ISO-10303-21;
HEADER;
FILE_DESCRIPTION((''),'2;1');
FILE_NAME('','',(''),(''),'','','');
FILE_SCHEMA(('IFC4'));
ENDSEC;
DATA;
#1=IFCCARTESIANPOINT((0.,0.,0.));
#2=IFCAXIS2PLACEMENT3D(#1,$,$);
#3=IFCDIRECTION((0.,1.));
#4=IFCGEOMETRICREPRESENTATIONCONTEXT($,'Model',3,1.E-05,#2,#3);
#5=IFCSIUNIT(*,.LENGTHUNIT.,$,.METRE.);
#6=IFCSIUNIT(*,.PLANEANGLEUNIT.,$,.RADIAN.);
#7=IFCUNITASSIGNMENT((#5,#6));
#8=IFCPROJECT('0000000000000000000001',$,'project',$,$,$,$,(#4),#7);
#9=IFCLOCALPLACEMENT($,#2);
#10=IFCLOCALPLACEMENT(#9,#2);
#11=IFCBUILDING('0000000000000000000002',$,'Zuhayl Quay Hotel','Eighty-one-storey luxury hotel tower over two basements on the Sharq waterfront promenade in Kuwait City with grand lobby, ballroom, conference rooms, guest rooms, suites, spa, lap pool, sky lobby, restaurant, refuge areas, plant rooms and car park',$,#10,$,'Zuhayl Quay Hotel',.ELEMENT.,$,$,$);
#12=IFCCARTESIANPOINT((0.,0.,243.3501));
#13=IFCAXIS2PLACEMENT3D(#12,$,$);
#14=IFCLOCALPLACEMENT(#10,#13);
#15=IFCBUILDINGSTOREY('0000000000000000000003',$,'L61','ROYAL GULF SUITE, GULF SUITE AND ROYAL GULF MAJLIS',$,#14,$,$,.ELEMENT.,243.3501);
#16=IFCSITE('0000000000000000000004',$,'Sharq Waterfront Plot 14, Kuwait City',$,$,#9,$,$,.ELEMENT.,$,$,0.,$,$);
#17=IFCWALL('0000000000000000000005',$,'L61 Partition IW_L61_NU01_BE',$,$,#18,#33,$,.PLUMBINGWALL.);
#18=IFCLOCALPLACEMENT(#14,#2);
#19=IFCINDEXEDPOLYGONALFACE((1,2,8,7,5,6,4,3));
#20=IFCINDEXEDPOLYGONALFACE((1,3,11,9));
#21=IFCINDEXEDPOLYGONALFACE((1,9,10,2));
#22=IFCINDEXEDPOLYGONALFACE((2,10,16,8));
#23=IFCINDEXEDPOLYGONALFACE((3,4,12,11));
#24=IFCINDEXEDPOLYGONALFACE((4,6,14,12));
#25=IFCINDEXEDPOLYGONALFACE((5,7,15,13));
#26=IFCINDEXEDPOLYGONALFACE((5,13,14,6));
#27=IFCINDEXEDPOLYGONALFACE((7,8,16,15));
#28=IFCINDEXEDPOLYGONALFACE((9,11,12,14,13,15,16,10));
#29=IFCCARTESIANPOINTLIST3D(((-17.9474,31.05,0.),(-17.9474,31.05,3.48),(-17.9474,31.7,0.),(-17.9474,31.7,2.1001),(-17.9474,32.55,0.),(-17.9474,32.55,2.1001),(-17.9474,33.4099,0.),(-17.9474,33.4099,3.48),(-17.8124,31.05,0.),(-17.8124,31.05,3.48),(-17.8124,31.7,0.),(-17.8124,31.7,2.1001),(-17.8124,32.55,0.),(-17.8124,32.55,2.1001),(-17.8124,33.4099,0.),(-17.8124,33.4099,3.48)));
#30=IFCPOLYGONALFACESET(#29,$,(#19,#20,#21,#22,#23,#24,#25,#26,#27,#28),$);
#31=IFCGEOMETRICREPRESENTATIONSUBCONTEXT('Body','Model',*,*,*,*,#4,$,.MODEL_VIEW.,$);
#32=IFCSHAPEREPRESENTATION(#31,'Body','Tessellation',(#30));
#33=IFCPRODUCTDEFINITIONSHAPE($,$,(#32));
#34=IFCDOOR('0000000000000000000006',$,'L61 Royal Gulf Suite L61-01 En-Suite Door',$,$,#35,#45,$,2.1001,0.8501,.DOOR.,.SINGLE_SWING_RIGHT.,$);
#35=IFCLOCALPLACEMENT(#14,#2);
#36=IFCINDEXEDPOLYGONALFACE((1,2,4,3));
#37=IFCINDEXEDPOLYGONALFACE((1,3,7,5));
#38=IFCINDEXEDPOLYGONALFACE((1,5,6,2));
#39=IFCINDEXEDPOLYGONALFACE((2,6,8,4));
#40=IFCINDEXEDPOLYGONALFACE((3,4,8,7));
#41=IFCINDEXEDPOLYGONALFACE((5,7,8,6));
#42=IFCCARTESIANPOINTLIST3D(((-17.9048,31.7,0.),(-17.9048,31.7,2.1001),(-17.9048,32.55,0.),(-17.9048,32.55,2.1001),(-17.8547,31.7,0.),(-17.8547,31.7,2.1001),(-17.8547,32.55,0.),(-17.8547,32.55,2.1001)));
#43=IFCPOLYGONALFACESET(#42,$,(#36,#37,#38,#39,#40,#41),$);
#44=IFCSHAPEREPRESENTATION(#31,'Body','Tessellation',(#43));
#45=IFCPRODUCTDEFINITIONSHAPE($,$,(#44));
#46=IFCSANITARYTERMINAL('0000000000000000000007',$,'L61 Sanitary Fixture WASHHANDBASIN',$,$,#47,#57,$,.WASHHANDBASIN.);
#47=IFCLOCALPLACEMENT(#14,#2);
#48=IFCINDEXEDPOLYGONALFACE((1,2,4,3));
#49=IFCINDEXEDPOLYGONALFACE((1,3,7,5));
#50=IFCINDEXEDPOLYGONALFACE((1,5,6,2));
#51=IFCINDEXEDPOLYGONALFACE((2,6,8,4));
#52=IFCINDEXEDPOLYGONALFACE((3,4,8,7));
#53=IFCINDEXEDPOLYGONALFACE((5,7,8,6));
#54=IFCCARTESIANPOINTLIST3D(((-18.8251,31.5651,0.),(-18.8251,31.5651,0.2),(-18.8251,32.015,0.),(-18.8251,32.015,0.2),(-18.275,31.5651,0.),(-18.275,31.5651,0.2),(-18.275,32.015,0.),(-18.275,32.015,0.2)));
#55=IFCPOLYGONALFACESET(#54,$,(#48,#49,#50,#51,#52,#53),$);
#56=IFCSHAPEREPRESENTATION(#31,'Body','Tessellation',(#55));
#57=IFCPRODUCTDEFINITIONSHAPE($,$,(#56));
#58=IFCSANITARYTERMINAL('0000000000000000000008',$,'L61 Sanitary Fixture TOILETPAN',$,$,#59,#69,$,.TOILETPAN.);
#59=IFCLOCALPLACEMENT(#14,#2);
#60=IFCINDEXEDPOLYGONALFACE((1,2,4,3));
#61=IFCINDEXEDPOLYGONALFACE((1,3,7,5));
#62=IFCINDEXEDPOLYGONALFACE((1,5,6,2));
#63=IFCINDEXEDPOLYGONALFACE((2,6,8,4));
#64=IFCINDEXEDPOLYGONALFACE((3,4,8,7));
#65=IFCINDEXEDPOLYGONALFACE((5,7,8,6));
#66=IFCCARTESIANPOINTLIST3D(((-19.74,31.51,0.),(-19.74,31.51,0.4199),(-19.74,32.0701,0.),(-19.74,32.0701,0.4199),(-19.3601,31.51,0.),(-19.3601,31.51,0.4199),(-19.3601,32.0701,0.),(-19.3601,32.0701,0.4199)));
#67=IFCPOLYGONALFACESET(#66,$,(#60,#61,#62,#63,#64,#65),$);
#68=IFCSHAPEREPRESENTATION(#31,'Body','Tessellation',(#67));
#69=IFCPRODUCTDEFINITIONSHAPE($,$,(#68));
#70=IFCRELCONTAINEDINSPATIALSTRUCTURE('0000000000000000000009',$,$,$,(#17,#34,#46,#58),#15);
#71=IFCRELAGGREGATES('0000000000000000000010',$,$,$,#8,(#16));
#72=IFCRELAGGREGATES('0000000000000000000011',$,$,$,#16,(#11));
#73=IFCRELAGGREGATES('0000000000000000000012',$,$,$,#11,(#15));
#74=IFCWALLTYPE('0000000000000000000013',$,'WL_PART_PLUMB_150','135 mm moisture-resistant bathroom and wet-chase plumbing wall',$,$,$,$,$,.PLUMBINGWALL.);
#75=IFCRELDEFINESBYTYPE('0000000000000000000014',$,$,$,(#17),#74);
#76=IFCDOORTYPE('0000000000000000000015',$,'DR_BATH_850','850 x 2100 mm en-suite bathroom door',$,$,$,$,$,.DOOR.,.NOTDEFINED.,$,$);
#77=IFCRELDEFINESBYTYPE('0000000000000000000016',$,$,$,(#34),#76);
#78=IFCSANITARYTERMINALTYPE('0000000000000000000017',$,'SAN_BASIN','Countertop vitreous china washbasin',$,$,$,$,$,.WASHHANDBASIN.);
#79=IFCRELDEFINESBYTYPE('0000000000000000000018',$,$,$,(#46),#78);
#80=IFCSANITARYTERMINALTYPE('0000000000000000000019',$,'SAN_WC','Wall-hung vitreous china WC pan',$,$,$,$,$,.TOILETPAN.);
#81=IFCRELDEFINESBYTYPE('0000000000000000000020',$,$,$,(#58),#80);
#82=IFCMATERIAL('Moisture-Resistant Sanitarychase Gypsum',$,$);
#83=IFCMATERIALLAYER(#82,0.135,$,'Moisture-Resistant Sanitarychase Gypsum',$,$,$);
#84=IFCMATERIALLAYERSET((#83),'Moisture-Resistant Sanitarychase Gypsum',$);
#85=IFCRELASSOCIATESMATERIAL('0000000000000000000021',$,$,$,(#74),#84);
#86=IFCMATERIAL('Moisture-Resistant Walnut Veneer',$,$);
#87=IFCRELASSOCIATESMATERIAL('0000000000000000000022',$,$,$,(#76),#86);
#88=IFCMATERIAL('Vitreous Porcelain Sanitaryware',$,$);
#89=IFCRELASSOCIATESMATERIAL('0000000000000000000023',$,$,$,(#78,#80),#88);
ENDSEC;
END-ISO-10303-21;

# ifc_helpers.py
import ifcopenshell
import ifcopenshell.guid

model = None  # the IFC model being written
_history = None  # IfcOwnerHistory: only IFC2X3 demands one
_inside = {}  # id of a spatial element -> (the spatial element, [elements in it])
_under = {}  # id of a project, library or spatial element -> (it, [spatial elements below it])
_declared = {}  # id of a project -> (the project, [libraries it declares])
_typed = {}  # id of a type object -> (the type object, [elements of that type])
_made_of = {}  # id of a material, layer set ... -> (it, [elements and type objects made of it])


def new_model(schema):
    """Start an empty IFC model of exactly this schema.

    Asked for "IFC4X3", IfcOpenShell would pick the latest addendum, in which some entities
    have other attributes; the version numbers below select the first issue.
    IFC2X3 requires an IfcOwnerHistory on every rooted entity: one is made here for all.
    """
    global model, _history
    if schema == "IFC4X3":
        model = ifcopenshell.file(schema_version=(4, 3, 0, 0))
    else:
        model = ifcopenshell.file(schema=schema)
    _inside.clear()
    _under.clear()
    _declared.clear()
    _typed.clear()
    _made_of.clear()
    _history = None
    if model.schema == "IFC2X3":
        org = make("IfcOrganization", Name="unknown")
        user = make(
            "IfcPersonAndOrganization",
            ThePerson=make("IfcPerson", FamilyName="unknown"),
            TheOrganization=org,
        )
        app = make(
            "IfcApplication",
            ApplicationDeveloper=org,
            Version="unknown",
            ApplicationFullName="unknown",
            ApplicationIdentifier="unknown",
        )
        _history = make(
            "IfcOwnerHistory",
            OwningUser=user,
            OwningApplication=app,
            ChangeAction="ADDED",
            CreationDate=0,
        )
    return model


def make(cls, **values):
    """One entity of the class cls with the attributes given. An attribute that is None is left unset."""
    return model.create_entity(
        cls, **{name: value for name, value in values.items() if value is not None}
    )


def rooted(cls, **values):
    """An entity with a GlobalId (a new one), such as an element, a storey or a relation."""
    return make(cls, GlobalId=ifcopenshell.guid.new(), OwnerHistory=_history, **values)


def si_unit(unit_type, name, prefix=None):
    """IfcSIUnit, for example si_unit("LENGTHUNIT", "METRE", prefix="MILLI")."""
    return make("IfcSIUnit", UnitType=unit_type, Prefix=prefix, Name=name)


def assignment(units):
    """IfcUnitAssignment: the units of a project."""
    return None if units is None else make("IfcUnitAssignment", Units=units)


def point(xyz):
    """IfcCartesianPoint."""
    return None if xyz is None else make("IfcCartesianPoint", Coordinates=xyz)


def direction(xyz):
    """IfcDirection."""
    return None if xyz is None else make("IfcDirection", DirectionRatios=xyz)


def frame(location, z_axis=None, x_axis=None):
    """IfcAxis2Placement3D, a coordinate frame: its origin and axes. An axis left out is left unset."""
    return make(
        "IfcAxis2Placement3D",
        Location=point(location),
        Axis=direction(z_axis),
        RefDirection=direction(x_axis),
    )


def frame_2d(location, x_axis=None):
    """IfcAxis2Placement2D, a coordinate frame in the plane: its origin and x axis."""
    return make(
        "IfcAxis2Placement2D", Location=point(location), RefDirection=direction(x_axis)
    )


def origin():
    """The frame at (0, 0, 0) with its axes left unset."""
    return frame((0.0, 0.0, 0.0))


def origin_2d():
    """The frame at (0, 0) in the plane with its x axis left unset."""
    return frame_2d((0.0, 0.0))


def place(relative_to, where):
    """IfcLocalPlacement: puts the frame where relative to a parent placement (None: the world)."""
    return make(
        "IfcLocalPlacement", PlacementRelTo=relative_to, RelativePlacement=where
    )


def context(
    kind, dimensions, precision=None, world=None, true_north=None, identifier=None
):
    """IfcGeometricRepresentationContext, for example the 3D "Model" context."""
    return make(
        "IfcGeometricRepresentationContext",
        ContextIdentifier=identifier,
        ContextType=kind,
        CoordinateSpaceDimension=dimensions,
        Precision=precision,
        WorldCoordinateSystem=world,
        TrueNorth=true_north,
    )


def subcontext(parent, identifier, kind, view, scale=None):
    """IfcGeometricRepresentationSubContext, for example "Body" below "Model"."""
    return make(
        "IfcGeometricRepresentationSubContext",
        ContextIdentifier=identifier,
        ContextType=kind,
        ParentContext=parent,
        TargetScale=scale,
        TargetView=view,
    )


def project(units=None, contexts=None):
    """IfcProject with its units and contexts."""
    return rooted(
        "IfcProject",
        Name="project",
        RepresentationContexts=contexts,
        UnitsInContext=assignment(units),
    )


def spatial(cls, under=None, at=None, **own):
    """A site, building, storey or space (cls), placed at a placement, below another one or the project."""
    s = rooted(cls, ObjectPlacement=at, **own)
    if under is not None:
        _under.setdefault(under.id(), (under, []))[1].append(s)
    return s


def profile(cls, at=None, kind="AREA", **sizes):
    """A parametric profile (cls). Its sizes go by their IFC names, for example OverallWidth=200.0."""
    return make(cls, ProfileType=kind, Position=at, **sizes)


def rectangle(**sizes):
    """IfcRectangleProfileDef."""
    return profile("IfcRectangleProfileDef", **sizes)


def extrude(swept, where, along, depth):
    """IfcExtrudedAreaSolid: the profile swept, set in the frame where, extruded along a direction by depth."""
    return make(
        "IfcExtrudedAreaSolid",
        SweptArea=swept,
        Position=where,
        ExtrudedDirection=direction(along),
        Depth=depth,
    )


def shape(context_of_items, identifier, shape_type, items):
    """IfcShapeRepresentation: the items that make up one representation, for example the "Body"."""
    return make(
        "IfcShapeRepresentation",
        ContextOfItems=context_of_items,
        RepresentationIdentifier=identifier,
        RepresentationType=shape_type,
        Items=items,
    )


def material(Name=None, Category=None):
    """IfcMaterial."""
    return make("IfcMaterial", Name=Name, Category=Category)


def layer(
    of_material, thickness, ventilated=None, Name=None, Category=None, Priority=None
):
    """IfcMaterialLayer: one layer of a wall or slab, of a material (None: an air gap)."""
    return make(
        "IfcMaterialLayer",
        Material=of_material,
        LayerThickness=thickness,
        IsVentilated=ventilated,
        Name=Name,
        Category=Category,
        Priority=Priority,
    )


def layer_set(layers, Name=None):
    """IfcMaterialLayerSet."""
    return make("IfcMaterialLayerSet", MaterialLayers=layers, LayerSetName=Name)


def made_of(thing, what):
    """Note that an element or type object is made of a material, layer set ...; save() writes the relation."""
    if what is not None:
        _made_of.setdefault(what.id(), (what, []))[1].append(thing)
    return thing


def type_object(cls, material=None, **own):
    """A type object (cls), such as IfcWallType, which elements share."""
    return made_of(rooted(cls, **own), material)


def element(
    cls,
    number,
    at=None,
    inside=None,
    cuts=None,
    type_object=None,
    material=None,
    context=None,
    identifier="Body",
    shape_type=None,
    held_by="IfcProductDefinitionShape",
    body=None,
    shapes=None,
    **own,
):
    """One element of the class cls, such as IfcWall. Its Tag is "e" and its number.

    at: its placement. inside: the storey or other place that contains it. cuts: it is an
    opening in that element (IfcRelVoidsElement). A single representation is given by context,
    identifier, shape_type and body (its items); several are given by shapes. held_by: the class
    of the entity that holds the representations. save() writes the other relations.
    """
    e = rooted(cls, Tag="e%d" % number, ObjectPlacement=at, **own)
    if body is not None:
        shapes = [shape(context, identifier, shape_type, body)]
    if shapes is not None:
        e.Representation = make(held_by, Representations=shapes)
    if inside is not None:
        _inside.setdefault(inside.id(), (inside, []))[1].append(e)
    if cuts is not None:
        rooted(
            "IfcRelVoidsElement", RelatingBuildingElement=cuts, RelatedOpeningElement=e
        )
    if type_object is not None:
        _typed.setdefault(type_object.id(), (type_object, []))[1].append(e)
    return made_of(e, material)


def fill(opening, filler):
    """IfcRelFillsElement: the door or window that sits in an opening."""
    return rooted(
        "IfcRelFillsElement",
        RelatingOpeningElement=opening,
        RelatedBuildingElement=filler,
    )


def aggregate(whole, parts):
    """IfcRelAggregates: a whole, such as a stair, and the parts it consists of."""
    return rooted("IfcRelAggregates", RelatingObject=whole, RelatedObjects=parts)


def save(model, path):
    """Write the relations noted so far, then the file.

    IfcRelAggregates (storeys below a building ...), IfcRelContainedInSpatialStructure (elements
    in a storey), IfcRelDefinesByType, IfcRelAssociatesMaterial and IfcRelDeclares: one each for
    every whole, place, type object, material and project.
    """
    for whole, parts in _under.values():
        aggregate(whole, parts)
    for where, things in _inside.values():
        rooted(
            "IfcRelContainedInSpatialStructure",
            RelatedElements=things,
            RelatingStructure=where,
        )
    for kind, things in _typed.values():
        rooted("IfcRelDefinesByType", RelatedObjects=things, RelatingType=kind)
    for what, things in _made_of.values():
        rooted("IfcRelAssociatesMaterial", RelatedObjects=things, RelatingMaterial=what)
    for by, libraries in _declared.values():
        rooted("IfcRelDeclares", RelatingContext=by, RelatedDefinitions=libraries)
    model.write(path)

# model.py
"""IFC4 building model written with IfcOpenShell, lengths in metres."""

from ifc_helpers import new_model, si_unit, direction, frame, frame_2d, origin, origin_2d, place, context, subcontext, project, spatial, rectangle, extrude, material, layer, layer_set, type_object, element, fill, save


model = new_model("IFC4")

# Units and contexts
model_context = context("Model", 3, precision=1e-05, world=origin(), true_north=direction((0.0, 1.0)))
body_context = subcontext(model_context, "Body", "Model", "MODEL_VIEW")
ifc_project = project(units=[si_unit("LENGTHUNIT", "METRE"), si_unit("PLANEANGLEUNIT", "RADIAN")], contexts=[model_context])

# Site, building, storey
site_placement = place(None, origin())
site = spatial("IfcSite", under=ifc_project, at=site_placement, Name="Sharq Waterfront Plot 14, Kuwait City", CompositionType="ELEMENT", RefElevation=0.0)
building_placement = place(site_placement, origin())
building = spatial("IfcBuilding", under=site, at=building_placement, Name="Zuhayl Quay Hotel", Description="Eighty-one-storey luxury hotel tower over two basements on the Sharq waterfront promenade in Kuwait City with grand lobby, ballroom, conference rooms, guest rooms, suites, spa, lap pool, sky lobby, restaurant, refuge areas, plant rooms and car park", LongName="Zuhayl Quay Hotel", CompositionType="ELEMENT")
storey_placement = place(building_placement, frame((0.0, 0.0, 243.3501)))
storey = spatial("IfcBuildingStorey", under=building, at=storey_placement, Name="L61", Description="ROYAL GULF SUITE, GULF SUITE AND ROYAL GULF MAJLIS", CompositionType="ELEMENT", Elevation=243.3501)

# Wall, opening, door
ifc_material_1 = material(Name="Moisture-Resistant Sanitarychase Gypsum")
ifc_layer_1 = layer(ifc_material_1, 0.135, Name="Moisture-Resistant Sanitarychase Gypsum")
ifc_layer_set_1 = layer_set([ifc_layer_1], Name="Moisture-Resistant Sanitarychase Gypsum")
wall_type_1 = type_object("IfcWallType", Name="WL_PART_PLUMB_150", Description="135 mm moisture-resistant bathroom and wet-chase plumbing wall", PredefinedType="PLUMBINGWALL", material=ifc_layer_set_1)
wall_1_placement = place(storey_placement, frame((-17.8799, 31.05, 0.0), z_axis=(0.0, 0.0, 1.0), x_axis=(0.0, 1.0, 0.0)))
wall_1 = element("IfcWall", 1, at=wall_1_placement, inside=storey, type_object=wall_type_1, Name="L61 Partition IW_L61_NU01_BE", PredefinedType="PLUMBINGWALL", context=body_context, shape_type="SweptSolid", body=[
    extrude(rectangle(XDim=2.3599, YDim=0.135, at=frame_2d((1.1799, 0.0))), origin(), (0.0, 0.0, 1.0), 3.48),
])
opening_1_placement = place(wall_1_placement, frame((0.6499, 0.0, 0.0)))
opening_1 = element("IfcOpeningElement", 2, at=opening_1_placement, cuts=wall_1, PredefinedType="OPENING", context=body_context, shape_type="SweptSolid", body=[
    extrude(rectangle(XDim=0.8501, YDim=2.1001, at=frame_2d((0.425, 1.05))), frame((0.0, 0.0774, 0.0), z_axis=(0.0, -1.0, 0.0), x_axis=(1.0, 0.0, 0.0)), (0.0, 0.0, 1.0), 0.155),
])
ifc_material_2 = material(Name="Moisture-Resistant Walnut Veneer")
door_type_1 = type_object("IfcDoorType", Name="DR_BATH_850", Description="850 x 2100 mm en-suite bathroom door", OperationType="NOTDEFINED", PredefinedType="DOOR", material=ifc_material_2)
door_1_placement = place(opening_1_placement, origin())
door_1 = element("IfcDoor", 3, at=door_1_placement, inside=storey, type_object=door_type_1, Name="L61 Royal Gulf Suite L61-01 En-Suite Door", OperationType="SINGLE_SWING_RIGHT", OverallHeight=2.1001, OverallWidth=0.8501, PredefinedType="DOOR", context=body_context, shape_type="SweptSolid", body=[
    extrude(rectangle(XDim=0.8501, YDim=2.1001, at=frame_2d((0.425, 1.05))), frame((0.0, 0.0249, 0.0), z_axis=(0.0, -1.0, 0.0), x_axis=(1.0, 0.0, 0.0)), (0.0, 0.0, 1.0), 0.05),
])
fill(opening_1, door_1)

# Sanitary terminals
ifc_material_3 = material(Name="Vitreous Porcelain Sanitaryware")
sanitary_terminal_type_1 = type_object("IfcSanitaryTerminalType", Name="SAN_BASIN", Description="Countertop vitreous china washbasin", PredefinedType="WASHHANDBASIN", material=ifc_material_3)
sanitary_terminal_1_placement = place(storey_placement, frame((-18.55, 31.79, 0.0), z_axis=(0.0, 0.0, 1.0), x_axis=(1.0, 0.0, 0.0)))
element("IfcSanitaryTerminal", 4, at=sanitary_terminal_1_placement, inside=storey, type_object=sanitary_terminal_type_1, Name="L61 Sanitary Fixture WASHHANDBASIN", PredefinedType="WASHHANDBASIN", context=body_context, shape_type="SweptSolid", body=[
    extrude(rectangle(XDim=0.55, YDim=0.45, at=origin_2d()), origin(), (0.0, 0.0, 1.0), 0.2),
])
sanitary_terminal_type_2 = type_object("IfcSanitaryTerminalType", Name="SAN_WC", Description="Wall-hung vitreous china WC pan", PredefinedType="TOILETPAN", material=ifc_material_3)
sanitary_terminal_2_placement = place(storey_placement, frame((-19.55, 31.79, 0.0), z_axis=(0.0, 0.0, 1.0), x_axis=(1.0, 0.0, 0.0)))
element("IfcSanitaryTerminal", 5, at=sanitary_terminal_2_placement, inside=storey, type_object=sanitary_terminal_type_2, Name="L61 Sanitary Fixture TOILETPAN", PredefinedType="TOILETPAN", context=body_context, shape_type="SweptSolid", body=[
    extrude(rectangle(XDim=0.3799, YDim=0.5601, at=origin_2d()), origin(), (0.0, 0.0, 1.0), 0.4199),
])

save(model, "model.ifc")
